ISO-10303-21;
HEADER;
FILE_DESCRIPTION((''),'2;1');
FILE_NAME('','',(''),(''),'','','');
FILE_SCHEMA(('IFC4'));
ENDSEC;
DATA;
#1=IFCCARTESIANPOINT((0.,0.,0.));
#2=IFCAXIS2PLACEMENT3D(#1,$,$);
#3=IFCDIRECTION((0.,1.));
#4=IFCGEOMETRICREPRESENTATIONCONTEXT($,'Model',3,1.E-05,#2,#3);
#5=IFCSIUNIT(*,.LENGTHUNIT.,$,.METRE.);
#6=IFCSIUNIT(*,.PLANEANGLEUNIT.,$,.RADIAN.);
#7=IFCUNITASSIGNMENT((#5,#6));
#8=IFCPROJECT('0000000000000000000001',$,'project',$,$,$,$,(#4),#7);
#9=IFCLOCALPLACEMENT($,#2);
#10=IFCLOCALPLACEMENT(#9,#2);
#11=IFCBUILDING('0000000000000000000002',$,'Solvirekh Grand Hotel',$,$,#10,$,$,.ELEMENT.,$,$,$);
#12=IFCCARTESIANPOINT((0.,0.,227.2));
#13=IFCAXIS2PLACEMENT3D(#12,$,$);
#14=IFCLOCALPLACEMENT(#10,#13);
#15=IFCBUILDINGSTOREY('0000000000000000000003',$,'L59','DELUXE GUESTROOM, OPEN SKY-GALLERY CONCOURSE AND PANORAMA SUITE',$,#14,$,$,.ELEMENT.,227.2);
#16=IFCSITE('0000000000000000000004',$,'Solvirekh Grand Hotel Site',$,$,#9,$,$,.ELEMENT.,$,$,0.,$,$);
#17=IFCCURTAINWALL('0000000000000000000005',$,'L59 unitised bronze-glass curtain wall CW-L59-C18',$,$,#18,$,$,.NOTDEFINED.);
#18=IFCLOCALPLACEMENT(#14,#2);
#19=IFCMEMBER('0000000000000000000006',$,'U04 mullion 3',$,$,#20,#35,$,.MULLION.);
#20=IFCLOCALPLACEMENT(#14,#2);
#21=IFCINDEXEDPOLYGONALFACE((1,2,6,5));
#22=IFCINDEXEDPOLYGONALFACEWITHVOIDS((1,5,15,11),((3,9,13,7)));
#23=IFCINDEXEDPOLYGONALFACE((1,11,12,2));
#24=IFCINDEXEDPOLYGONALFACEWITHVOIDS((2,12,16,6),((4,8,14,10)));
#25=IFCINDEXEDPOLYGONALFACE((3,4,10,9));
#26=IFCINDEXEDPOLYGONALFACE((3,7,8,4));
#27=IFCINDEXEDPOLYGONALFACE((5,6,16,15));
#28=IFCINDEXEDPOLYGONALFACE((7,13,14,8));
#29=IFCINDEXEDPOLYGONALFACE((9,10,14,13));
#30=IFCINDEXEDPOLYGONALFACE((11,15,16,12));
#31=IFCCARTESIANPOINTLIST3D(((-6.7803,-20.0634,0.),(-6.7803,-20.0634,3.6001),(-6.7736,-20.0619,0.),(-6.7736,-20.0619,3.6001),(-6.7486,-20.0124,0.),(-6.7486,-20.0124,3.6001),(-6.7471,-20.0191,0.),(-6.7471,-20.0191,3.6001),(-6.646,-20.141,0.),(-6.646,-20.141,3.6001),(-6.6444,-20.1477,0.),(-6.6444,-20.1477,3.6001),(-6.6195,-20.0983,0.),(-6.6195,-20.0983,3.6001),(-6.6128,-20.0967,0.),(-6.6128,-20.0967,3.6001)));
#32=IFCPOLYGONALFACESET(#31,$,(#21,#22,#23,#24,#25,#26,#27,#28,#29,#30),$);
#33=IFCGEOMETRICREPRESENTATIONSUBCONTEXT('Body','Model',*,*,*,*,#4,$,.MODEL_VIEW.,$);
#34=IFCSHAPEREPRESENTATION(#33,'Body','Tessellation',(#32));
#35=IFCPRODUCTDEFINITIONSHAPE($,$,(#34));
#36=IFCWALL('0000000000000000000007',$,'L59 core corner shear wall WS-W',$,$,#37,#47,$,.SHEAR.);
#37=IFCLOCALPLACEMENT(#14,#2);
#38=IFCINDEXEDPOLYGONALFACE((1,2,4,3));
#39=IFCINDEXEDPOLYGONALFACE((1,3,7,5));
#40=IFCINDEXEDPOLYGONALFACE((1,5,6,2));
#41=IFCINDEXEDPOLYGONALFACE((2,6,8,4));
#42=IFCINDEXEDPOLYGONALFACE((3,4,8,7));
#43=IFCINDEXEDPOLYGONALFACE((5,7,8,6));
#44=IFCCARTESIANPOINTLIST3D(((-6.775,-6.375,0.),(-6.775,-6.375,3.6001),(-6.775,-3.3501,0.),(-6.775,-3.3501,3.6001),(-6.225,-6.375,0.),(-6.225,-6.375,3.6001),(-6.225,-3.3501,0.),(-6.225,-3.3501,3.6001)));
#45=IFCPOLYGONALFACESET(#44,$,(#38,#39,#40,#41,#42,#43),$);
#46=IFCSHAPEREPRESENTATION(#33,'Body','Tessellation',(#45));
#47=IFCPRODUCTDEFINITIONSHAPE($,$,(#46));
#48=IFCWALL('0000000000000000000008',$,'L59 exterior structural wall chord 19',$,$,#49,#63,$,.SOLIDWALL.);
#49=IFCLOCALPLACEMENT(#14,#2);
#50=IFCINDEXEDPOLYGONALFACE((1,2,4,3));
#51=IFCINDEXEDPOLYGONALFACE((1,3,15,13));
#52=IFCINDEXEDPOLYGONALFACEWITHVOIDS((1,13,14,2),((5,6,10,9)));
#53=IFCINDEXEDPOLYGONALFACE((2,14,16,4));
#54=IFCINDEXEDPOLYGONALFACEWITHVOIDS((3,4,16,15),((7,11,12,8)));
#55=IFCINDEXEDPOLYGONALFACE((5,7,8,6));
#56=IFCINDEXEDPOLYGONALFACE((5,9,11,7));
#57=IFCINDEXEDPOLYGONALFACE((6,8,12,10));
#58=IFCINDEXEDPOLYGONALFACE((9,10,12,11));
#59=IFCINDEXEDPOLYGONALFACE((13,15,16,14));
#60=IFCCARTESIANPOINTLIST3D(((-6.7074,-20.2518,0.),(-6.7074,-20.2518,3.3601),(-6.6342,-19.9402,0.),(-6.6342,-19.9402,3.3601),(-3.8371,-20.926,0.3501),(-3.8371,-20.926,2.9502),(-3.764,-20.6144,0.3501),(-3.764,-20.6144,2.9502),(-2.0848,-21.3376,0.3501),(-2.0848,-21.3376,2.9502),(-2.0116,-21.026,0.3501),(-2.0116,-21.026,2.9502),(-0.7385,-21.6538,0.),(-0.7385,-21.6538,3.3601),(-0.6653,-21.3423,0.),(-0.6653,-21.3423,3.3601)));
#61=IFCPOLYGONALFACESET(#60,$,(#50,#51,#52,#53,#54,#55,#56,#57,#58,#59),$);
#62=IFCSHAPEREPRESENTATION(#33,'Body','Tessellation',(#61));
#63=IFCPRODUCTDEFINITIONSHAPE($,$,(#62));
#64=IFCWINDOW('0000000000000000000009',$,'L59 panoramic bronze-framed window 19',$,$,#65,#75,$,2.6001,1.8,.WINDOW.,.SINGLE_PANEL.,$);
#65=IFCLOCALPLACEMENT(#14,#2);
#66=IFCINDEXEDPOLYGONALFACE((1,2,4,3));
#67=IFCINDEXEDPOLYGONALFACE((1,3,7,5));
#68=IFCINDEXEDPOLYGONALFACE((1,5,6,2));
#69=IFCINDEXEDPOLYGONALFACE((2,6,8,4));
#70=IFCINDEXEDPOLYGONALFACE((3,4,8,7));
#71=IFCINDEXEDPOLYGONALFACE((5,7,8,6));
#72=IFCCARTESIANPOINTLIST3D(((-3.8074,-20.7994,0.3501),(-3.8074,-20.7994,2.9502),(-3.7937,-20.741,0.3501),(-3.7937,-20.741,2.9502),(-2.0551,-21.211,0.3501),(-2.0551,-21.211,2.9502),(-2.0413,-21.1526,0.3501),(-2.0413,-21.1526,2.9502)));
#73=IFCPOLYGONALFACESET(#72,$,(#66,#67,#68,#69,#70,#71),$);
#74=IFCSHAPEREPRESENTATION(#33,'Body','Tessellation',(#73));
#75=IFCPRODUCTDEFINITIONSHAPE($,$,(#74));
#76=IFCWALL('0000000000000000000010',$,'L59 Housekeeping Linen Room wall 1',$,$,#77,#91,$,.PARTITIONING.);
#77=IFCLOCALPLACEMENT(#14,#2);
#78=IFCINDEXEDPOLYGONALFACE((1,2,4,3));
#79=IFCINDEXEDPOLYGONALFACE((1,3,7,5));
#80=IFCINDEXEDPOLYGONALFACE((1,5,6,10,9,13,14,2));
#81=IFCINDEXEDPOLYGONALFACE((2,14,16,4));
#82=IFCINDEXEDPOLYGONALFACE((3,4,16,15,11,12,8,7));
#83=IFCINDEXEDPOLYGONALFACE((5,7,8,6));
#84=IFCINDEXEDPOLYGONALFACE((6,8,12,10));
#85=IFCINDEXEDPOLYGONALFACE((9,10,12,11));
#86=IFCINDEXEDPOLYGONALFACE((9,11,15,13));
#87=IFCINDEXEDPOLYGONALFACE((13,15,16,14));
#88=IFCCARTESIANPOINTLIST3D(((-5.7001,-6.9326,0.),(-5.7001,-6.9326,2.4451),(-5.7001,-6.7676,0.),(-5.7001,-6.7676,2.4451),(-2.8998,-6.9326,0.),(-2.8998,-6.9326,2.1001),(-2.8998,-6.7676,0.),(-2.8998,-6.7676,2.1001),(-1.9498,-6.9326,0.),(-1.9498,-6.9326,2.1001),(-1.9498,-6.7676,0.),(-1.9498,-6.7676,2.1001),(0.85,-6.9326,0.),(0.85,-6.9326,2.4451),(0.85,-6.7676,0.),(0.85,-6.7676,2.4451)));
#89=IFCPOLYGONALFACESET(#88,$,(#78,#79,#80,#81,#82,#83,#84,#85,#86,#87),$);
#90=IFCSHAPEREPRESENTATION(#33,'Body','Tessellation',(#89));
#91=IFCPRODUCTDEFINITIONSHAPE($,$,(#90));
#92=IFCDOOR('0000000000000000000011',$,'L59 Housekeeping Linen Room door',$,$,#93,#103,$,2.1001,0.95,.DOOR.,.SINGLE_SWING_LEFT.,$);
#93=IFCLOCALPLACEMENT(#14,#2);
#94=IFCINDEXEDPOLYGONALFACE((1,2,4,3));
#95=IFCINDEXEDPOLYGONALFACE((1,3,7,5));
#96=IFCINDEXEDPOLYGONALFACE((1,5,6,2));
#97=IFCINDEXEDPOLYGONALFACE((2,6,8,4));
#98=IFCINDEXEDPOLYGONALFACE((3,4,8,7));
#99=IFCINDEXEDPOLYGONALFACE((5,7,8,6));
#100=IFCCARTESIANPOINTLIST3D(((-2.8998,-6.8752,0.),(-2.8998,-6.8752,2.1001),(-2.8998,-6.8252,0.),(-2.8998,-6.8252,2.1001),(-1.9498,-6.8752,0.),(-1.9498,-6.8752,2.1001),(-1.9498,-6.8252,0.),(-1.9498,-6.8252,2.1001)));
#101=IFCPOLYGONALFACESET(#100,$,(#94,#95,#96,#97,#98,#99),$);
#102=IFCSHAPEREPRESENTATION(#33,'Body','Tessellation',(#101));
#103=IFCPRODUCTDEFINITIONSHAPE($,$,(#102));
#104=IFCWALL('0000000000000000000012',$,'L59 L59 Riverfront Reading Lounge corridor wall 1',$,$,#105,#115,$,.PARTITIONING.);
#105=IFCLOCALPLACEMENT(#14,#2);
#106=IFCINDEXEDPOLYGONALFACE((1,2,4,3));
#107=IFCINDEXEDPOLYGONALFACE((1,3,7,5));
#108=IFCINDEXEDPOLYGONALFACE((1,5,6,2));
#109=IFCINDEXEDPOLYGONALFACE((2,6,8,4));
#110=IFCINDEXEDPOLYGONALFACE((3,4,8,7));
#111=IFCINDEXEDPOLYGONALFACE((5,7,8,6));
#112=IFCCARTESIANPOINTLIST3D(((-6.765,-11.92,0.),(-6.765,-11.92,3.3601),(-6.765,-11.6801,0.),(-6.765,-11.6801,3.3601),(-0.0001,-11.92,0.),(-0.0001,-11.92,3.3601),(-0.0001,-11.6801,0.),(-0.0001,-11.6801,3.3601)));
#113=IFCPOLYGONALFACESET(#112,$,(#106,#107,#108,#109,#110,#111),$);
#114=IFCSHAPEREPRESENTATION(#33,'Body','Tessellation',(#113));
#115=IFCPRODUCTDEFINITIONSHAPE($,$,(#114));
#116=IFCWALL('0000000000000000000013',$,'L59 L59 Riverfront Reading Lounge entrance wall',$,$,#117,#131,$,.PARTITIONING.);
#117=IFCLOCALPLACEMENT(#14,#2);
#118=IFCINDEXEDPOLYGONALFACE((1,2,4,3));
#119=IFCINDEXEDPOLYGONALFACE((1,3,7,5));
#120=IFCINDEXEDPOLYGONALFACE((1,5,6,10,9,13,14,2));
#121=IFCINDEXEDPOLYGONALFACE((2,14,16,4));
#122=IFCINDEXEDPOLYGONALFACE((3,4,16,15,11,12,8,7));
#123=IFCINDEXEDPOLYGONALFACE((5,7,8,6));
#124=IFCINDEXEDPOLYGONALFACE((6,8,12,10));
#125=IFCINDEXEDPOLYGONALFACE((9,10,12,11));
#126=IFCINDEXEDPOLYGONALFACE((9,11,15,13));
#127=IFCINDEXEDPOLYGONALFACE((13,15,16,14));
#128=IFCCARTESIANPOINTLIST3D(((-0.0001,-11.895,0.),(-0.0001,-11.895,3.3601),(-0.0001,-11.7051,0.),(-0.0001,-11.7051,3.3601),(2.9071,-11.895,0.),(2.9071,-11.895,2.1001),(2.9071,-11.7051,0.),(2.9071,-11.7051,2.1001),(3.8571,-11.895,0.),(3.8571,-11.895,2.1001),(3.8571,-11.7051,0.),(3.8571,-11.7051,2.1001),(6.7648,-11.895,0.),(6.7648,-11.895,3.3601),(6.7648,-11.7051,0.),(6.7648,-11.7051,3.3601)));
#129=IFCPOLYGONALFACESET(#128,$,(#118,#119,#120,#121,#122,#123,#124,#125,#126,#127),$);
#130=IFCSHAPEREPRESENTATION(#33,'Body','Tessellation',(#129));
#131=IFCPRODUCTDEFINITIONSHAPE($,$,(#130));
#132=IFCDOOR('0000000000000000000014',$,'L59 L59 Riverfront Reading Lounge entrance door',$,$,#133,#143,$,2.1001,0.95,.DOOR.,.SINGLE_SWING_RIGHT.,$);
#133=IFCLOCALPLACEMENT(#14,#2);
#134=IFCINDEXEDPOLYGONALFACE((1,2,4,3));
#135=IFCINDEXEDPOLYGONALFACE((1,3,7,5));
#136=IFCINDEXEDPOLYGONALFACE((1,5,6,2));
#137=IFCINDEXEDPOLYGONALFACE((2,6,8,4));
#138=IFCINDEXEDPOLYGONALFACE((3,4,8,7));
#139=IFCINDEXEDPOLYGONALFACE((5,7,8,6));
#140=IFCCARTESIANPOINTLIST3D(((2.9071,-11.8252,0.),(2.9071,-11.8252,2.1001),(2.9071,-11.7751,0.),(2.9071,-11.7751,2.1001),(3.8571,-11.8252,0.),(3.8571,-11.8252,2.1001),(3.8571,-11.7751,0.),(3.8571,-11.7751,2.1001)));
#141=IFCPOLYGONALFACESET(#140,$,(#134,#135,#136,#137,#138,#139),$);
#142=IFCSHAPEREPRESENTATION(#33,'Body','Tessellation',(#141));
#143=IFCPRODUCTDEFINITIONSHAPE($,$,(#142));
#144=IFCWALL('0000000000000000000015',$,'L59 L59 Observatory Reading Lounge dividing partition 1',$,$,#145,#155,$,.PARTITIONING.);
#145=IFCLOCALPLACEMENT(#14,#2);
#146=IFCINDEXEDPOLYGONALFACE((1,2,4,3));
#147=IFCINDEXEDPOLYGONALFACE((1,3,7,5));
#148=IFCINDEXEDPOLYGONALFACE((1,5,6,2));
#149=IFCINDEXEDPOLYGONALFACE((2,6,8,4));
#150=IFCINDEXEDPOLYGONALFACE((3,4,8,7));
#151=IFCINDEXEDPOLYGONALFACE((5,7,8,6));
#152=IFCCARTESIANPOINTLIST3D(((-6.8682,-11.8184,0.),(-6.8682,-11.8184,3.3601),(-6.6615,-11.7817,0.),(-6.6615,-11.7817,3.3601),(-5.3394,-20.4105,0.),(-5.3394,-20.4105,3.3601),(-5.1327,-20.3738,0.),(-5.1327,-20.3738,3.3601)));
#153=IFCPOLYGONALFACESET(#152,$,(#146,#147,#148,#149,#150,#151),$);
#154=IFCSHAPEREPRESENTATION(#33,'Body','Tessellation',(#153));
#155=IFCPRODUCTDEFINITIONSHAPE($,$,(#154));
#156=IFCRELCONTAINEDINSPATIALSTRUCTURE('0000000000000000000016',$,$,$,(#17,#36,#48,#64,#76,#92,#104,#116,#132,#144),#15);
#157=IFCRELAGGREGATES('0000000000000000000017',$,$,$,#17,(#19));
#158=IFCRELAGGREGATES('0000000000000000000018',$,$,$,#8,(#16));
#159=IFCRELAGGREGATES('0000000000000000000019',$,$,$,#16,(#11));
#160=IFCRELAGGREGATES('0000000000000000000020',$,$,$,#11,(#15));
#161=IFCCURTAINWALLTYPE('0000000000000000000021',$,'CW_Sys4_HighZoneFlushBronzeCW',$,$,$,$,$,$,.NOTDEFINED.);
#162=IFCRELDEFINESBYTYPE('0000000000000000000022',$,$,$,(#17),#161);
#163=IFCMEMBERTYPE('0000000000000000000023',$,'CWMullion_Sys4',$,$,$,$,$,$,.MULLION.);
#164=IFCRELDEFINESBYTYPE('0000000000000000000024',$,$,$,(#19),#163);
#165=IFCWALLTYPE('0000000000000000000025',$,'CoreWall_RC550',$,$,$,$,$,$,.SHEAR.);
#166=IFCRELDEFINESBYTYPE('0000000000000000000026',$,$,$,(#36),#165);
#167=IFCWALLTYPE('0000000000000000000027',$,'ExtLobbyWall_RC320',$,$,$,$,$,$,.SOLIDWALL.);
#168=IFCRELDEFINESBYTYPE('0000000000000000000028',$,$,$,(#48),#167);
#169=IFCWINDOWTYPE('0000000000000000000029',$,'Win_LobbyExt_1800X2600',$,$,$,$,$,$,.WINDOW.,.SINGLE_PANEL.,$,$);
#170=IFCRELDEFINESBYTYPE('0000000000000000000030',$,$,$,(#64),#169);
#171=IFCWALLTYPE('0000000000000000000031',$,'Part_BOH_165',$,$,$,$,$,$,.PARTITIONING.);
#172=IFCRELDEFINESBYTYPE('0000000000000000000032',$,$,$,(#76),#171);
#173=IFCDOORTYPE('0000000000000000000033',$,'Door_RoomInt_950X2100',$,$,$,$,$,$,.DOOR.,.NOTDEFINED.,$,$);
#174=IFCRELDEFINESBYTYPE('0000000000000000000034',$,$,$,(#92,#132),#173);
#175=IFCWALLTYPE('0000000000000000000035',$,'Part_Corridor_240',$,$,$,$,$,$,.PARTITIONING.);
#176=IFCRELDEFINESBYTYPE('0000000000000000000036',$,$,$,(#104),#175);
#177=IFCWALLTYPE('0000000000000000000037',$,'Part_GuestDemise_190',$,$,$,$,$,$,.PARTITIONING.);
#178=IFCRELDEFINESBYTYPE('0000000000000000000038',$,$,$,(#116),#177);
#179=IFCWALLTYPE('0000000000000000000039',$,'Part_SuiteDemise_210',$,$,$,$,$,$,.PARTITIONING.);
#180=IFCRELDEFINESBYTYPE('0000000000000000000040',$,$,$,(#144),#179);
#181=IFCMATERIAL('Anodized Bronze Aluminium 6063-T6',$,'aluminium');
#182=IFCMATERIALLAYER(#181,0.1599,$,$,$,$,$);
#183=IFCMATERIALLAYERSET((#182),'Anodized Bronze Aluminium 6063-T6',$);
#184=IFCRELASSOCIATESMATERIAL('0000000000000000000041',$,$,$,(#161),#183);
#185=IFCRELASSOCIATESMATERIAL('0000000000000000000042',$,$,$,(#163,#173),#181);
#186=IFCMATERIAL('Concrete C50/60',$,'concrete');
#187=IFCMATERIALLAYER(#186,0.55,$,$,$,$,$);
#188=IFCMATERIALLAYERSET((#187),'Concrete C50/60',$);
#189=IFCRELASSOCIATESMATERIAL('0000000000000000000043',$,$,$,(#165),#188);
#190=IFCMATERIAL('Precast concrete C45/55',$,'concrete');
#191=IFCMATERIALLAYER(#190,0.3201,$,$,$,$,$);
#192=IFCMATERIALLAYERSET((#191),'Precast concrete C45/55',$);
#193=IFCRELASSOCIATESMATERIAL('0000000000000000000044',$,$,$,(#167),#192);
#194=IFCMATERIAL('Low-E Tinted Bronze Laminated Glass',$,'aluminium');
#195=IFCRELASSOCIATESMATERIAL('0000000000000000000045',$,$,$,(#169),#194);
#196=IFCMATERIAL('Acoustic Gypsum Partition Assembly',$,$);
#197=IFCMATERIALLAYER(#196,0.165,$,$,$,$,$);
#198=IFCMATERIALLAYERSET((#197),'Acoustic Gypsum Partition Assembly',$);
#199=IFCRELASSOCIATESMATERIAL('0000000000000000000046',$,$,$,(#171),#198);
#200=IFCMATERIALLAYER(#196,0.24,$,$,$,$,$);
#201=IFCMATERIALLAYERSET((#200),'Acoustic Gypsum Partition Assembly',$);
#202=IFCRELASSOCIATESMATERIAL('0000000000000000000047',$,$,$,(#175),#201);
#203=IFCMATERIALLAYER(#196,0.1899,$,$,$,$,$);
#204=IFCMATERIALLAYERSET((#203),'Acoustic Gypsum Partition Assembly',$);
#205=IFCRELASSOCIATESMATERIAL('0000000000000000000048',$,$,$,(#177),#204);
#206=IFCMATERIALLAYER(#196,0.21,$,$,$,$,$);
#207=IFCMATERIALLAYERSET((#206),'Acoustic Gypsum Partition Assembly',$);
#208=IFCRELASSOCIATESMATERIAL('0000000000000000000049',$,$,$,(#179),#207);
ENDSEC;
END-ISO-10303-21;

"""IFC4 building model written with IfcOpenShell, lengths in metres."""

from ifc_helpers import new_model, si_unit, direction, frame, frame_2d, origin, origin_2d, place, context, subcontext, project, spatial, rectangle, hollow_rectangle, extrude, source, transform, mapped, material, layer, layer_set, material_profile, profile_set, type_object, element, fill, aggregate, save


model = new_model("IFC4")

# Units and contexts
model_context = context("Model", 3, precision=1e-05, world=origin(), true_north=direction((0.0, 1.0)))
body_context = subcontext(model_context, "Body", "Model", "MODEL_VIEW")
ifc_project = project(units=[si_unit("LENGTHUNIT", "METRE"), si_unit("PLANEANGLEUNIT", "RADIAN")], contexts=[model_context])

# Site, building, storey
site_placement = place(None, origin())
site = spatial("IfcSite", under=ifc_project, at=site_placement, Name="Solvirekh Grand Hotel Site", CompositionType="ELEMENT", RefElevation=0.0)
building_placement = place(site_placement, origin())
building = spatial("IfcBuilding", under=site, at=building_placement, Name="Solvirekh Grand Hotel", CompositionType="ELEMENT")
storey_placement = place(building_placement, frame((0.0, 0.0, 227.2)))
storey = spatial("IfcBuildingStorey", under=building, at=storey_placement, Name="L59", Description="DELUXE GUESTROOM, OPEN SKY-GALLERY CONCOURSE AND PANORAMA SUITE", CompositionType="ELEMENT", Elevation=227.2)

# Shared definitions
ifc_material_1 = material(Name="Concrete C50/60", Category="concrete")

# Curtain wall, member
ifc_material_2 = material(Name="Anodized Bronze Aluminium 6063-T6", Category="aluminium")
ifc_layer_1 = layer(ifc_material_2, 0.1599)
ifc_layer_set_1 = layer_set([ifc_layer_1], Name="Anodized Bronze Aluminium 6063-T6")
curtain_wall_type = type_object("IfcCurtainWallType", Name="CW_Sys4_HighZoneFlushBronzeCW", PredefinedType="NOTDEFINED", material=ifc_layer_set_1)
curtain_wall_placement = place(storey_placement, origin())
curtain_wall = element("IfcCurtainWall", 1, at=curtain_wall_placement, inside=storey, type_object=curtain_wall_type, Name="L59 unitised bronze-glass curtain wall CW-L59-C18", PredefinedType="NOTDEFINED")
ifc_material_profile_1 = material_profile(ifc_material_2, hollow_rectangle(XDim=0.0601, YDim=0.1599, WallThickness=0.0049, at=origin_2d()), Name="ALU RHS 160X60X5")
ifc_profile_set_1 = profile_set([ifc_material_profile_1], Name="Anodized Bronze Aluminium 6063-T6")
member_type = type_object("IfcMemberType", Name="CWMullion_Sys4", PredefinedType="MULLION", material=ifc_profile_set_1)
shared_shape = source(origin(), body_context, "Body", "SweptSolid", [
    extrude(hollow_rectangle(XDim=0.0601, YDim=0.1599, WallThickness=0.0049, at=origin_2d()), origin(), (0.0, 0.0, 1.0), 3.6001),
])
member_placement = place(storey_placement, frame((-6.6965, -20.0801, 0.0), z_axis=(0.0, 0.0, 1.0), x_axis=(0.527168, 0.849761, 0.0)))
member = element("IfcMember", 2, at=member_placement, type_object=member_type, Name="U04 mullion 3", PredefinedType="MULLION", context=body_context, shape_type="MappedRepresentation", body=[
    mapped(shared_shape, transform((0.0, 0.0, 0.0), x_axis=(1.0, 0.0, 0.0), y_axis=(0.0, 1.0, 0.0), z_axis=(0.0, 0.0, 1.0), scale=1.0)),
])
aggregate(curtain_wall, [member])

# Wall
ifc_layer_2 = layer(ifc_material_1, 0.55)
ifc_layer_set_2 = layer_set([ifc_layer_2], Name="Concrete C50/60")
wall_type_1 = type_object("IfcWallType", Name="CoreWall_RC550", PredefinedType="SHEAR", material=ifc_layer_set_2)
wall_1_placement = place(storey_placement, frame((-6.5, -6.375, 0.0), z_axis=(0.0, 0.0, 1.0), x_axis=(0.0, 1.0, 0.0)))
element("IfcWall", 3, at=wall_1_placement, inside=storey, type_object=wall_type_1, Name="L59 core corner shear wall WS-W", PredefinedType="SHEAR", context=body_context, shape_type="SweptSolid", body=[
    extrude(rectangle(XDim=3.0249, YDim=0.55, at=frame_2d((1.5125, 0.0))), origin(), (0.0, 0.0, 1.0), 3.6001),
])

# Wall, opening, window
ifc_material_3 = material(Name="Precast concrete C45/55", Category="concrete")
ifc_layer_3 = layer(ifc_material_3, 0.3201)
ifc_layer_set_3 = layer_set([ifc_layer_3], Name="Precast concrete C45/55")
wall_type_2 = type_object("IfcWallType", Name="ExtLobbyWall_RC320", PredefinedType="SOLIDWALL", material=ifc_layer_set_3)
wall_2_placement = place(storey_placement, frame((-0.7019, -21.498, 0.0), z_axis=(0.0, 0.0, 1.0), x_axis=(-0.973503, 0.228673, 0.0)))
wall_2 = element("IfcWall", 4, at=wall_2_placement, inside=storey, type_object=wall_type_2, Name="L59 exterior structural wall chord 19", PredefinedType="SOLIDWALL", context=body_context, shape_type="SweptSolid", body=[
    extrude(rectangle(XDim=6.1313, YDim=0.3201, at=frame_2d((3.0657, 0.0))), origin(), (0.0, 0.0, 1.0), 3.3601),
])
opening_1_placement = place(wall_2_placement, frame((1.3831, 0.0, 0.3501)))
opening_1 = element("IfcOpeningElement", 5, at=opening_1_placement, cuts=wall_2, PredefinedType="OPENING", context=body_context, shape_type="SweptSolid", body=[
    extrude(rectangle(XDim=1.8, YDim=2.6001, at=frame_2d((0.8999, 1.3))), frame((0.0, 0.1699, 0.0), z_axis=(0.0, -1.0, 0.0), x_axis=(1.0, 0.0, 0.0)), (0.0, 0.0, 1.0), 0.3401),
])
ifc_material_4 = material(Name="Low-E Tinted Bronze Laminated Glass", Category="aluminium")
window_type = type_object("IfcWindowType", Name="Win_LobbyExt_1800X2600", PartitioningType="SINGLE_PANEL", PredefinedType="WINDOW", material=ifc_material_4)
window_placement = place(opening_1_placement, origin())
window = element("IfcWindow", 6, at=window_placement, inside=storey, type_object=window_type, Name="L59 panoramic bronze-framed window 19", OverallHeight=2.6001, OverallWidth=1.8, PartitioningType="SINGLE_PANEL", PredefinedType="WINDOW", context=body_context, shape_type="SweptSolid", body=[
    extrude(rectangle(XDim=1.8, YDim=2.6001, at=frame_2d((0.8999, 1.3))), frame((0.0, 0.03, 0.0), z_axis=(0.0, -1.0, 0.0), x_axis=(1.0, 0.0, 0.0)), (0.0, 0.0, 1.0), 0.0601),
])
fill(opening_1, window)

# Wall, opening, door
ifc_material_5 = material(Name="Acoustic Gypsum Partition Assembly")
ifc_layer_4 = layer(ifc_material_5, 0.165)
ifc_layer_set_4 = layer_set([ifc_layer_4], Name="Acoustic Gypsum Partition Assembly")
wall_type_3 = type_object("IfcWallType", Name="Part_BOH_165", PredefinedType="PARTITIONING", material=ifc_layer_set_4)
wall_3_placement = place(storey_placement, frame((-5.7, -6.8501, 0.0), z_axis=(0.0, 0.0, 1.0), x_axis=(1.0, 0.0, 0.0)))
wall_3 = element("IfcWall", 7, at=wall_3_placement, inside=storey, type_object=wall_type_3, Name="L59 Housekeeping Linen Room wall 1", PredefinedType="PARTITIONING", context=body_context, shape_type="SweptSolid", body=[
    extrude(rectangle(XDim=6.55, YDim=0.165, at=frame_2d((3.2749, 0.0))), origin(), (0.0, 0.0, 1.0), 2.4451),
])
opening_2_placement = place(wall_3_placement, frame((2.8, 0.0, 0.0)))
opening_2 = element("IfcOpeningElement", 8, at=opening_2_placement, cuts=wall_3, PredefinedType="OPENING", context=body_context, shape_type="SweptSolid", body=[
    extrude(rectangle(XDim=0.95, YDim=2.1001, at=frame_2d((0.4751, 1.05))), frame((0.0, 0.0925, 0.0), z_axis=(0.0, -1.0, 0.0), x_axis=(1.0, 0.0, 0.0)), (0.0, 0.0, 1.0), 0.1851),
])
door_type = type_object("IfcDoorType", Name="Door_RoomInt_950X2100", OperationType="NOTDEFINED", PredefinedType="DOOR", material=ifc_material_2)
door_1_placement = place(opening_2_placement, origin())
door_1 = element("IfcDoor", 9, at=door_1_placement, inside=storey, type_object=door_type, Name="L59 Housekeeping Linen Room door", OperationType="SINGLE_SWING_LEFT", OverallHeight=2.1001, OverallWidth=0.95, PredefinedType="DOOR", context=body_context, shape_type="SweptSolid", body=[
    extrude(rectangle(XDim=0.95, YDim=2.1001, at=frame_2d((0.4751, 1.05))), frame((0.0, 0.0249, 0.0), z_axis=(0.0, -1.0, 0.0), x_axis=(1.0, 0.0, 0.0)), (0.0, 0.0, 1.0), 0.05),
])
fill(opening_2, door_1)

# Wall
ifc_layer_5 = layer(ifc_material_5, 0.24)
ifc_layer_set_5 = layer_set([ifc_layer_5], Name="Acoustic Gypsum Partition Assembly")
wall_type_4 = type_object("IfcWallType", Name="Part_Corridor_240", PredefinedType="PARTITIONING", material=ifc_layer_set_5)
wall_4_placement = place(storey_placement, frame((-6.7649, -11.8, 0.0), z_axis=(0.0, 0.0, 1.0), x_axis=(1.0, 0.0, 0.0)))
element("IfcWall", 10, at=wall_4_placement, inside=storey, type_object=wall_type_4, Name="L59 L59 Riverfront Reading Lounge corridor wall 1", PredefinedType="PARTITIONING", context=body_context, shape_type="SweptSolid", body=[
    extrude(rectangle(XDim=6.7649, YDim=0.24, at=frame_2d((3.3823, 0.0))), origin(), (0.0, 0.0, 1.0), 3.3601),
])

# Wall, opening, door
ifc_layer_6 = layer(ifc_material_5, 0.1899)
ifc_layer_set_6 = layer_set([ifc_layer_6], Name="Acoustic Gypsum Partition Assembly")
wall_type_5 = type_object("IfcWallType", Name="Part_GuestDemise_190", PredefinedType="PARTITIONING", material=ifc_layer_set_6)
wall_5_placement = place(storey_placement, frame((0.0, -11.8, 0.0), z_axis=(0.0, 0.0, 1.0), x_axis=(1.0, 0.0, 0.0)))
wall_5 = element("IfcWall", 11, at=wall_5_placement, inside=storey, type_object=wall_type_5, Name="L59 L59 Riverfront Reading Lounge entrance wall", PredefinedType="PARTITIONING", context=body_context, shape_type="SweptSolid", body=[
    extrude(rectangle(XDim=6.7649, YDim=0.1899, at=frame_2d((3.3823, 0.0))), origin(), (0.0, 0.0, 1.0), 3.3601),
])
opening_3_placement = place(wall_5_placement, frame((2.907, 0.0, 0.0)))
opening_3 = element("IfcOpeningElement", 12, at=opening_3_placement, cuts=wall_5, PredefinedType="OPENING", context=body_context, shape_type="SweptSolid", body=[
    extrude(rectangle(XDim=0.95, YDim=2.1001, at=frame_2d((0.4751, 1.05))), frame((0.0, 0.105, 0.0), z_axis=(0.0, -1.0, 0.0), x_axis=(1.0, 0.0, 0.0)), (0.0, 0.0, 1.0), 0.21),
])
door_2_placement = place(opening_3_placement, origin())
door_2 = element("IfcDoor", 13, at=door_2_placement, inside=storey, type_object=door_type, Name="L59 L59 Riverfront Reading Lounge entrance door", OperationType="SINGLE_SWING_RIGHT", OverallHeight=2.1001, OverallWidth=0.95, PredefinedType="DOOR", context=body_context, shape_type="SweptSolid", body=[
    extrude(rectangle(XDim=0.95, YDim=2.1001, at=frame_2d((0.4751, 1.05))), frame((0.0, 0.0249, 0.0), z_axis=(0.0, -1.0, 0.0), x_axis=(1.0, 0.0, 0.0)), (0.0, 0.0, 1.0), 0.05),
])
fill(opening_3, door_2)

# Wall
ifc_layer_7 = layer(ifc_material_5, 0.21)
ifc_layer_set_7 = layer_set([ifc_layer_7], Name="Acoustic Gypsum Partition Assembly")
wall_type_6 = type_object("IfcWallType", Name="Part_SuiteDemise_210", PredefinedType="PARTITIONING", material=ifc_layer_set_7)
wall_6_placement = place(storey_placement, frame((-6.7649, -11.8, 0.0), z_axis=(0.0, 0.0, 1.0), x_axis=(0.175182, -0.984536, 0.0)))
element("IfcWall", 14, at=wall_6_placement, inside=storey, type_object=wall_type_6, Name="L59 L59 Observatory Reading Lounge dividing partition 1", PredefinedType="PARTITIONING", context=body_context, shape_type="SweptSolid", body=[
    extrude(rectangle(XDim=8.7271, YDim=0.21, at=frame_2d((4.3635, 0.0))), origin(), (0.0, 0.0, 1.0), 3.3601),
])

save(model, "model.ifc")
